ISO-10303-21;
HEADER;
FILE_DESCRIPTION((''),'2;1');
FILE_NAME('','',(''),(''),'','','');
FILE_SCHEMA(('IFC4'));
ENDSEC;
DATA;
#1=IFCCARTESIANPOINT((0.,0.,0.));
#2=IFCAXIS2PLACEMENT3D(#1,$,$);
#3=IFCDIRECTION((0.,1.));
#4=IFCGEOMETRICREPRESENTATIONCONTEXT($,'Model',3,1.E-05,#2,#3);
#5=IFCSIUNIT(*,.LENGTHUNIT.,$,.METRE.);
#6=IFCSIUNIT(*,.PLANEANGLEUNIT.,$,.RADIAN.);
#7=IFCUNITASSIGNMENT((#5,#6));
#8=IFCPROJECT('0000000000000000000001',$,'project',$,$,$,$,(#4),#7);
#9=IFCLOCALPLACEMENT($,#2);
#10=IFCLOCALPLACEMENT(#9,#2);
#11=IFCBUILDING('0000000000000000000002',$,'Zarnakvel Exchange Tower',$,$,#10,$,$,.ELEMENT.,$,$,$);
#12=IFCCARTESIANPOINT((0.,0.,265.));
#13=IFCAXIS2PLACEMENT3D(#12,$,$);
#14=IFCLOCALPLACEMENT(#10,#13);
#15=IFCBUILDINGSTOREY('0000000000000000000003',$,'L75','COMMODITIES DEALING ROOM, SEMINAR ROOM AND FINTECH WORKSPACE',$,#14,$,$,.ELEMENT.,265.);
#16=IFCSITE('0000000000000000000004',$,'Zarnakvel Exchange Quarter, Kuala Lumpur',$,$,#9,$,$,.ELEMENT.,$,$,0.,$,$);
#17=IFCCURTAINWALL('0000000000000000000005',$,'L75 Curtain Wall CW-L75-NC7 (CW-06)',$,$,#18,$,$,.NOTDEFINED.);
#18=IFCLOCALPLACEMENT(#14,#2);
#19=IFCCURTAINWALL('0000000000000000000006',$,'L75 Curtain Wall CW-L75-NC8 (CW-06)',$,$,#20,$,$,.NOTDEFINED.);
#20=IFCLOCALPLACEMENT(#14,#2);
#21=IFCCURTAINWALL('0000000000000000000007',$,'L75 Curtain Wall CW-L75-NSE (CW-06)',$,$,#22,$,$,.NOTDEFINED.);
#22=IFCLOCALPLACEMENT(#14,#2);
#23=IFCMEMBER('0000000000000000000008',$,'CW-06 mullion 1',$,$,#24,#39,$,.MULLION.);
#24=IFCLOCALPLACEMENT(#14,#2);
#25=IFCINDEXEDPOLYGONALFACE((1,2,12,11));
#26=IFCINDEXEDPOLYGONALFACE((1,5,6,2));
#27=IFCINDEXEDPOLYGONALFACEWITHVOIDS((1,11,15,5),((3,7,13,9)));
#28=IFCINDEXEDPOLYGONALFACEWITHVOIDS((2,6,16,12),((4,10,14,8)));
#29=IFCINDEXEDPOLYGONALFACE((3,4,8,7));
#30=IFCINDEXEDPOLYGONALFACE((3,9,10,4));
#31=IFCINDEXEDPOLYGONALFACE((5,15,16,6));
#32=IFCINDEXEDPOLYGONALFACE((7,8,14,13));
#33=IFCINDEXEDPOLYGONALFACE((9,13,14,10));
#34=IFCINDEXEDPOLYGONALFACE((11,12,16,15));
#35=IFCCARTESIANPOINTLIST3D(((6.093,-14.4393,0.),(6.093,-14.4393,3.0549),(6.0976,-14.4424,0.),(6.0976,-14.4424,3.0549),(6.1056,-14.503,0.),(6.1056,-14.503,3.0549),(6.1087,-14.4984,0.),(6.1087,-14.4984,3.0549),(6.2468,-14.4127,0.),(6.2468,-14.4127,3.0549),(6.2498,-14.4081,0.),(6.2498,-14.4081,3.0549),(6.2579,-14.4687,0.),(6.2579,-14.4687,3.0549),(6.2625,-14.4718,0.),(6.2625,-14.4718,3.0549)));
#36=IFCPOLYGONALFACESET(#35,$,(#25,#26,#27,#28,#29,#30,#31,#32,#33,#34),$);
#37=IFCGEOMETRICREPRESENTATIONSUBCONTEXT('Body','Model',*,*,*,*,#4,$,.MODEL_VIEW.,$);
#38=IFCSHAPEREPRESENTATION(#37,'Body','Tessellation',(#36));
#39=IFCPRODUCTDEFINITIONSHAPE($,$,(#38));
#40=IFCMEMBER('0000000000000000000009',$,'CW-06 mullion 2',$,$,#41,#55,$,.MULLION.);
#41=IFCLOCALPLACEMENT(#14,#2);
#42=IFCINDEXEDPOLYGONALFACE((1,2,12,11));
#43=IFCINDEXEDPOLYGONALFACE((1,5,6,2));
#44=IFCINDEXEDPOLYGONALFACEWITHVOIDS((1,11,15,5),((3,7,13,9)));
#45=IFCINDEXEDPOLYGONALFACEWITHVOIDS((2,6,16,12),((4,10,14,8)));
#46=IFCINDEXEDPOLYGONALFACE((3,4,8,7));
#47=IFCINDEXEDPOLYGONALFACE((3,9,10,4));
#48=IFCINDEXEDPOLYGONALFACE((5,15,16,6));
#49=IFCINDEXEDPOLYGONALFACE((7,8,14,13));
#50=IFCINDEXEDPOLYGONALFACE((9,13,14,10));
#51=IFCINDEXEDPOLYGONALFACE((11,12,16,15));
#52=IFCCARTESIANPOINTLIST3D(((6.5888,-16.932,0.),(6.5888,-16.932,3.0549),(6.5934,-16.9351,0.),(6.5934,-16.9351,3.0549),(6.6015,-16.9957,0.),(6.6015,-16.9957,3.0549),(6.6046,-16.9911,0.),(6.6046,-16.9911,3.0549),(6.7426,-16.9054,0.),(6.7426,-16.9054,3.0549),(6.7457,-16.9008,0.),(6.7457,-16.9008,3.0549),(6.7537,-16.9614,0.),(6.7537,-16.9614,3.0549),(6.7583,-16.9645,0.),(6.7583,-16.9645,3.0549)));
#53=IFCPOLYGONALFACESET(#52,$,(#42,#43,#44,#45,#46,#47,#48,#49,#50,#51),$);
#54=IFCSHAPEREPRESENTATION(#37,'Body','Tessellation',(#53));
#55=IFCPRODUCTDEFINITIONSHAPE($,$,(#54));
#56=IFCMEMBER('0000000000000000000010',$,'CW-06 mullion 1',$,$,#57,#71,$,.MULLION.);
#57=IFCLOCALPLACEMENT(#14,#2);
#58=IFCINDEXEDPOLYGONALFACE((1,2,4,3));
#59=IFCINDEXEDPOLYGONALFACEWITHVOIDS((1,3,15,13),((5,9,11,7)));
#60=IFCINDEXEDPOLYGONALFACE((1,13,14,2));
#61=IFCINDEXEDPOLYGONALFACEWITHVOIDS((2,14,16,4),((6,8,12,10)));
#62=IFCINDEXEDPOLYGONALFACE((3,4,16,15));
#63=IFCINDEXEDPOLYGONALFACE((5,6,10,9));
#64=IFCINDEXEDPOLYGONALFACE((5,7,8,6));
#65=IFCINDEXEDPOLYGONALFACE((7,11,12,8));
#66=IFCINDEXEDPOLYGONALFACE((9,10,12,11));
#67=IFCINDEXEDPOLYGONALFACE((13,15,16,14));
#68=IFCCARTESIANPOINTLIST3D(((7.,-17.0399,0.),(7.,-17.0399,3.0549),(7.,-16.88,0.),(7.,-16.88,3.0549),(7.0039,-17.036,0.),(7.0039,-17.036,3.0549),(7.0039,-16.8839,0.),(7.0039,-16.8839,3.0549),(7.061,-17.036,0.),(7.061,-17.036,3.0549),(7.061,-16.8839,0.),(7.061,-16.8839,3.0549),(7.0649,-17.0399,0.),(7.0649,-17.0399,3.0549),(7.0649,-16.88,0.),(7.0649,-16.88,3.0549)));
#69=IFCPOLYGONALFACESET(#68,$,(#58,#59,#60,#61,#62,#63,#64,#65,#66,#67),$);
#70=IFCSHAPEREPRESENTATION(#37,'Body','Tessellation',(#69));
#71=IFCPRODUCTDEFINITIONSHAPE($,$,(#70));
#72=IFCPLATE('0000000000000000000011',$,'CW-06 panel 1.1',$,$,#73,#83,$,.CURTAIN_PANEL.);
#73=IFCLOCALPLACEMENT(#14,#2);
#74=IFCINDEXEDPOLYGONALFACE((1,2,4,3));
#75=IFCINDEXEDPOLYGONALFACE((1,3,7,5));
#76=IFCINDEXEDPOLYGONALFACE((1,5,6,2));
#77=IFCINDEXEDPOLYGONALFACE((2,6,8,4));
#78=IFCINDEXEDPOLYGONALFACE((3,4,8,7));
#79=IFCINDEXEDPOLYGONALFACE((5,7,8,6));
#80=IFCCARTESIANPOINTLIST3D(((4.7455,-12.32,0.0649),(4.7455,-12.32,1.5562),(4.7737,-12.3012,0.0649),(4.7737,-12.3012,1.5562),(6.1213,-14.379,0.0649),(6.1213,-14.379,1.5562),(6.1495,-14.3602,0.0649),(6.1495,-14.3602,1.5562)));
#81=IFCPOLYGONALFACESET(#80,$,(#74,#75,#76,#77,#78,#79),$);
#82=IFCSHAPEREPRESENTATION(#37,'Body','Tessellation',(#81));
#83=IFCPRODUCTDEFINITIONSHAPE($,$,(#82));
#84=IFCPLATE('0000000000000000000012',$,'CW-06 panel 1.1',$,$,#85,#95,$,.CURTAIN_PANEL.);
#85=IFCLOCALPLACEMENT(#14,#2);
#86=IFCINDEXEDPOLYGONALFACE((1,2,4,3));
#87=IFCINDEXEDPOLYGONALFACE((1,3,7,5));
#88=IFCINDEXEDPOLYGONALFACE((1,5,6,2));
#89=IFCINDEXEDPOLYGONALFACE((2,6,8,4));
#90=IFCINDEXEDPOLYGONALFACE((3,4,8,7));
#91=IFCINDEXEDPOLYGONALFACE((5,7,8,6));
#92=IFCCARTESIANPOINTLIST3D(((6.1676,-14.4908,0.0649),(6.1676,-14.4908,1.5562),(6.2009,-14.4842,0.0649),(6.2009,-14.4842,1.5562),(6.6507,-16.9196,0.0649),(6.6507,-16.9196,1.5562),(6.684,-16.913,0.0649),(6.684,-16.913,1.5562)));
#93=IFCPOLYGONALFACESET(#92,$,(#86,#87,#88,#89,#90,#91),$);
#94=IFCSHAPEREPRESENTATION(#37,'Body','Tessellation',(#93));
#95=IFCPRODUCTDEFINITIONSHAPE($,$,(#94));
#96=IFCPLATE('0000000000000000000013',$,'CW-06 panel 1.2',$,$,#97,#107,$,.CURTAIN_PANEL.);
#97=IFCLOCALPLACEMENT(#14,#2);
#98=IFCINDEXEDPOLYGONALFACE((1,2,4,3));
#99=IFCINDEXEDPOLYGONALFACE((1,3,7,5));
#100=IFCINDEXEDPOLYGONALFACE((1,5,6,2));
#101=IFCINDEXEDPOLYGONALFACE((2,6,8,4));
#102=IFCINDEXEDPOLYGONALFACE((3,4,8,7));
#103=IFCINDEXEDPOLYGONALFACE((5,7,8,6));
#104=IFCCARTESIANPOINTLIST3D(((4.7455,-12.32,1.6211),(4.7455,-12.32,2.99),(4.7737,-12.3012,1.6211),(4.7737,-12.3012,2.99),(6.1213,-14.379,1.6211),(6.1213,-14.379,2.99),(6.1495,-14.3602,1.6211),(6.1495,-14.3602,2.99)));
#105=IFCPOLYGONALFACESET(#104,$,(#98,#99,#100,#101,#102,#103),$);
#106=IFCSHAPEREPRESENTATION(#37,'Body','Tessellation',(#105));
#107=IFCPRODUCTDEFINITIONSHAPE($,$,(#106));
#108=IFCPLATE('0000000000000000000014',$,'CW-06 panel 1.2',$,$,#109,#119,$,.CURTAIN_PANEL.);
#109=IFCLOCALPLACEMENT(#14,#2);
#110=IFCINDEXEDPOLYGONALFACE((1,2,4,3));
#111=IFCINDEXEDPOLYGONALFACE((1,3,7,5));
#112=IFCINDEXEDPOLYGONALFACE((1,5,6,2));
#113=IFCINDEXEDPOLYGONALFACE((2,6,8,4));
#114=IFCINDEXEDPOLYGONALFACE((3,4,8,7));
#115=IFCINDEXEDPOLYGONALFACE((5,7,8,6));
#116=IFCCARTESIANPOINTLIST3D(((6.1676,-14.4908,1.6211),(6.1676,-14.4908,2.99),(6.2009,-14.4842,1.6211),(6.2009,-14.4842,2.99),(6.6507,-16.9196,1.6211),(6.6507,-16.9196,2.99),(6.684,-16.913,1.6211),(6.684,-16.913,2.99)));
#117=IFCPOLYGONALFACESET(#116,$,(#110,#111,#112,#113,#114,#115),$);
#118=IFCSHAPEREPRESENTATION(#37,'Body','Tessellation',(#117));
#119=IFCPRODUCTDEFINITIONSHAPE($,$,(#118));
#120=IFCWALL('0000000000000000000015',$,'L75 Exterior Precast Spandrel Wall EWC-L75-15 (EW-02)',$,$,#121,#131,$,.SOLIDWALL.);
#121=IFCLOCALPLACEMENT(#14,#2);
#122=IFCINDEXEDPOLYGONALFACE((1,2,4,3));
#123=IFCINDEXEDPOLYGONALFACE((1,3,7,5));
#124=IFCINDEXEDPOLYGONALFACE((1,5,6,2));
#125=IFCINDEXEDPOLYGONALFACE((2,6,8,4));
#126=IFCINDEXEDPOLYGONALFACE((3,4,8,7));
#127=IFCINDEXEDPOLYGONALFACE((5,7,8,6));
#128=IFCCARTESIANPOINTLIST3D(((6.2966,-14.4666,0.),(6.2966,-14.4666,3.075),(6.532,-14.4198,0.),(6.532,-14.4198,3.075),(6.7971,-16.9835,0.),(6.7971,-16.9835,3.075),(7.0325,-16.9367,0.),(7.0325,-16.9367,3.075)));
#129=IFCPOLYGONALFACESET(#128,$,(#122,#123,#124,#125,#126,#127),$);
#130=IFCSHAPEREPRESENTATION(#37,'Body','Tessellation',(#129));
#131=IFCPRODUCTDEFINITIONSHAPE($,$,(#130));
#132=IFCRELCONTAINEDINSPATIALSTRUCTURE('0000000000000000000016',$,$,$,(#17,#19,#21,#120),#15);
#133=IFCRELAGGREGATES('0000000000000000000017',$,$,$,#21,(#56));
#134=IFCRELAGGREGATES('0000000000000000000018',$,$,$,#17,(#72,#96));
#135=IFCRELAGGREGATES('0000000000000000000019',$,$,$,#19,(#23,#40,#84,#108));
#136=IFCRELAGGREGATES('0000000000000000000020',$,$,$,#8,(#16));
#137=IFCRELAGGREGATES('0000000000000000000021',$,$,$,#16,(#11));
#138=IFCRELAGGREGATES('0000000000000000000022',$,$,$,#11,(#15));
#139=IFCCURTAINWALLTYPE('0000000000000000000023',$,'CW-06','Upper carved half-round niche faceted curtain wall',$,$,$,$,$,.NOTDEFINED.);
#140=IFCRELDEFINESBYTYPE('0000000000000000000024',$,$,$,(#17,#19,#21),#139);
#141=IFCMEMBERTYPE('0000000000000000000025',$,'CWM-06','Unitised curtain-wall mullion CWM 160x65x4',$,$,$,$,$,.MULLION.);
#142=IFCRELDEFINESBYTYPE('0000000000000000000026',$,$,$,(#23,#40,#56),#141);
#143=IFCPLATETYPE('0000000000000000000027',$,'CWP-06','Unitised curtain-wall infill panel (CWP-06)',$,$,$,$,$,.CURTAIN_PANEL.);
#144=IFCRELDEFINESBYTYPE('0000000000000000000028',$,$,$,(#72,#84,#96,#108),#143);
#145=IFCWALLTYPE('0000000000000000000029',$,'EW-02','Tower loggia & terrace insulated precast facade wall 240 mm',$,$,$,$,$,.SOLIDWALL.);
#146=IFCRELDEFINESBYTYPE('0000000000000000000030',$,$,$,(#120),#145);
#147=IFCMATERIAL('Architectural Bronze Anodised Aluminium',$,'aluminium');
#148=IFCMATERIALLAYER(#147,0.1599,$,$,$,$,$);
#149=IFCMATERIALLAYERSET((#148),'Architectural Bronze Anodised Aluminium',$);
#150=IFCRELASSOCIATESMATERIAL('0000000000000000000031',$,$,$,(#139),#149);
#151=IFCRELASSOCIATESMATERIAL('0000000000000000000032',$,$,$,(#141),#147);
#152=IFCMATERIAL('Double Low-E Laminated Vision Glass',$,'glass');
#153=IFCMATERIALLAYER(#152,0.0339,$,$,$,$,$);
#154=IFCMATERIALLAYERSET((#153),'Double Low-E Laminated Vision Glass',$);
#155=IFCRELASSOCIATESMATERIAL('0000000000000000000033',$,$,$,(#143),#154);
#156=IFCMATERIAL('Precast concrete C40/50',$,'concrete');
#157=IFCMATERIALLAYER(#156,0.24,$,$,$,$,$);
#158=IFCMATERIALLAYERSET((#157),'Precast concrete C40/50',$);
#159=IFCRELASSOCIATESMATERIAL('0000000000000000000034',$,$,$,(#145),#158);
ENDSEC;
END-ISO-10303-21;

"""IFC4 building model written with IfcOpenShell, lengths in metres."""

from ifc_helpers import new_model, si_unit, direction, frame, frame_2d, origin, origin_2d, place, context, subcontext, project, spatial, rectangle, hollow_rectangle, extrude, source, transform, mapped, material, layer, layer_set, material_profile, profile_set, type_object, element, aggregate, save


model = new_model("IFC4")

# Units and contexts
model_context = context("Model", 3, precision=1e-05, world=origin(), true_north=direction((0.0, 1.0)))
body_context = subcontext(model_context, "Body", "Model", "MODEL_VIEW")
ifc_project = project(units=[si_unit("LENGTHUNIT", "METRE"), si_unit("PLANEANGLEUNIT", "RADIAN")], contexts=[model_context])

# Site, building, storey
site_placement = place(None, origin())
site = spatial("IfcSite", under=ifc_project, at=site_placement, Name="Zarnakvel Exchange Quarter, Kuala Lumpur", CompositionType="ELEMENT", RefElevation=0.0)
building_placement = place(site_placement, origin())
building = spatial("IfcBuilding", under=site, at=building_placement, Name="Zarnakvel Exchange Tower", CompositionType="ELEMENT")
storey_placement = place(building_placement, frame((0.0, 0.0, 265.0)))
storey = spatial("IfcBuildingStorey", under=building, at=storey_placement, Name="L75", Description="COMMODITIES DEALING ROOM, SEMINAR ROOM AND FINTECH WORKSPACE", CompositionType="ELEMENT", Elevation=265.0)

# Curtain walls
ifc_material_1 = material(Name="Architectural Bronze Anodised Aluminium", Category="aluminium")
ifc_layer_1 = layer(ifc_material_1, 0.1599)
ifc_layer_set_1 = layer_set([ifc_layer_1], Name="Architectural Bronze Anodised Aluminium")
curtain_wall_type = type_object("IfcCurtainWallType", Name="CW-06", Description="Upper carved half-round niche faceted curtain wall", PredefinedType="NOTDEFINED", material=ifc_layer_set_1)
curtain_wall_1_placement = place(storey_placement, origin())
curtain_wall_1 = element("IfcCurtainWall", 1, at=curtain_wall_1_placement, inside=storey, type_object=curtain_wall_type, Name="L75 Curtain Wall CW-L75-NC7 (CW-06)", PredefinedType="NOTDEFINED")
curtain_wall_2_placement = place(storey_placement, origin())
curtain_wall_2 = element("IfcCurtainWall", 2, at=curtain_wall_2_placement, inside=storey, type_object=curtain_wall_type, Name="L75 Curtain Wall CW-L75-NC8 (CW-06)", PredefinedType="NOTDEFINED")
curtain_wall_3_placement = place(storey_placement, origin())
curtain_wall_3 = element("IfcCurtainWall", 3, at=curtain_wall_3_placement, inside=storey, type_object=curtain_wall_type, Name="L75 Curtain Wall CW-L75-NSE (CW-06)", PredefinedType="NOTDEFINED")

# Members
ifc_material_profile_1 = material_profile(ifc_material_1, hollow_rectangle(XDim=0.1599, YDim=0.0649, WallThickness=0.0039, at=origin_2d()))
ifc_profile_set_1 = profile_set([ifc_material_profile_1], Name="Architectural Bronze Anodised Aluminium")
member_type_1 = type_object("IfcMemberType", Name="CWM-06", Description="Unitised curtain-wall mullion CWM 160x65x4", PredefinedType="MULLION", material=ifc_profile_set_1)
shared_shape_1 = source(origin(), body_context, "Body", "SweptSolid", [
    extrude(hollow_rectangle(XDim=0.1599, YDim=0.0649, WallThickness=0.0039, at=origin_2d()), origin(), (0.0, 0.0, 1.0), 3.0549),
])
member_1_placement = place(storey_placement, frame((6.1777, -14.4556, 0.0), z_axis=(0.0, 0.0, 1.0), x_axis=(0.980785, 0.19509, 0.0)))
member_1 = element("IfcMember", 4, at=member_1_placement, type_object=member_type_1, Name="CW-06 mullion 1", PredefinedType="MULLION", context=body_context, shape_type="MappedRepresentation", body=[
    mapped(shared_shape_1, transform((0.0, 0.0, 0.0), x_axis=(1.0, 0.0, 0.0), y_axis=(0.0, 1.0, 0.0), z_axis=(0.0, 0.0, 1.0), scale=1.0)),
])
member_2_placement = place(storey_placement, frame((6.6736, -16.9482, 0.0), z_axis=(0.0, 0.0, 1.0), x_axis=(0.980785, 0.19509, 0.0)))
member_2 = element("IfcMember", 5, at=member_2_placement, type_object=member_type_1, Name="CW-06 mullion 2", PredefinedType="MULLION", context=body_context, shape_type="MappedRepresentation", body=[
    mapped(shared_shape_1, transform((0.0, 0.0, 0.0), x_axis=(1.0, 0.0, 0.0), y_axis=(0.0, 1.0, 0.0), z_axis=(0.0, 0.0, 1.0), scale=1.0)),
])
member_3_placement = place(storey_placement, frame((7.0325, -16.96, 0.0), z_axis=(0.0, 0.0, 1.0), x_axis=(0.0, 1.0, 0.0)))
member_3 = element("IfcMember", 6, at=member_3_placement, type_object=member_type_1, Name="CW-06 mullion 1", PredefinedType="MULLION", context=body_context, shape_type="MappedRepresentation", body=[
    mapped(shared_shape_1, transform((0.0, 0.0, 0.0), x_axis=(1.0, 0.0, 0.0), y_axis=(0.0, 1.0, 0.0), z_axis=(0.0, 0.0, 1.0), scale=1.0)),
])
aggregate(curtain_wall_3, [member_3])

# Plates
ifc_material_2 = material(Name="Double Low-E Laminated Vision Glass", Category="glass")
ifc_layer_2 = layer(ifc_material_2, 0.0339)
ifc_layer_set_2 = layer_set([ifc_layer_2], Name="Double Low-E Laminated Vision Glass")
plate_type = type_object("IfcPlateType", Name="CWP-06", Description="Unitised curtain-wall infill panel (CWP-06)", PredefinedType="CURTAIN_PANEL", material=ifc_layer_set_2)
shared_shape_2 = source(origin(), body_context, "Body", "SweptSolid", [
    extrude(rectangle(XDim=2.4763, YDim=0.0339, at=origin_2d()), origin(), (0.0, 0.0, 1.0), 1.4912),
])
plate_1_placement = place(storey_placement, frame((5.4475, -13.3401, 0.0649), z_axis=(0.0, 0.0, 1.0), x_axis=(0.55557, -0.83147, 0.0)))
plate_1 = element("IfcPlate", 7, at=plate_1_placement, type_object=plate_type, Name="CW-06 panel 1.1", PredefinedType="CURTAIN_PANEL", context=body_context, shape_type="MappedRepresentation", body=[
    mapped(shared_shape_2, transform((0.0, 0.0, 0.0), x_axis=(1.0, 0.0, 0.0), y_axis=(0.0, 1.0, 0.0), z_axis=(0.0, 0.0, 1.0), scale=1.0)),
])
plate_2_placement = place(storey_placement, frame((6.4258, -15.7019, 0.0649), z_axis=(0.0, 0.0, 1.0), x_axis=(0.19509, -0.980785, 0.0)))
plate_2 = element("IfcPlate", 8, at=plate_2_placement, type_object=plate_type, Name="CW-06 panel 1.1", PredefinedType="CURTAIN_PANEL", context=body_context, shape_type="MappedRepresentation", body=[
    mapped(shared_shape_2, transform((0.0, 0.0, 0.0), x_axis=(1.0, 0.0, 0.0), y_axis=(0.0, 1.0, 0.0), z_axis=(0.0, 0.0, 1.0), scale=1.0)),
])
shared_shape_3 = source(origin(), body_context, "Body", "SweptSolid", [
    extrude(rectangle(XDim=2.4763, YDim=0.0339, at=origin_2d()), origin(), (0.0, 0.0, 1.0), 1.3689),
])
plate_3_placement = place(storey_placement, frame((5.4475, -13.3401, 1.6211), z_axis=(0.0, 0.0, 1.0), x_axis=(0.55557, -0.83147, 0.0)))
plate_3 = element("IfcPlate", 9, at=plate_3_placement, type_object=plate_type, Name="CW-06 panel 1.2", PredefinedType="CURTAIN_PANEL", context=body_context, shape_type="MappedRepresentation", body=[
    mapped(shared_shape_3, transform((0.0, 0.0, 0.0), x_axis=(1.0, 0.0, 0.0), y_axis=(0.0, 1.0, 0.0), z_axis=(0.0, 0.0, 1.0), scale=1.0)),
])
aggregate(curtain_wall_1, [plate_1, plate_3])
plate_4_placement = place(storey_placement, frame((6.4258, -15.7019, 1.6211), z_axis=(0.0, 0.0, 1.0), x_axis=(0.19509, -0.980785, 0.0)))
plate_4 = element("IfcPlate", 10, at=plate_4_placement, type_object=plate_type, Name="CW-06 panel 1.2", PredefinedType="CURTAIN_PANEL", context=body_context, shape_type="MappedRepresentation", body=[
    mapped(shared_shape_3, transform((0.0, 0.0, 0.0), x_axis=(1.0, 0.0, 0.0), y_axis=(0.0, 1.0, 0.0), z_axis=(0.0, 0.0, 1.0), scale=1.0)),
])
aggregate(curtain_wall_2, [member_1, member_2, plate_2, plate_4])

# Wall
ifc_material_3 = material(Name="Precast concrete C40/50", Category="concrete")
ifc_layer_3 = layer(ifc_material_3, 0.24)
ifc_layer_set_3 = layer_set([ifc_layer_3], Name="Precast concrete C40/50")
wall_type = type_object("IfcWallType", Name="EW-02", Description="Tower loggia & terrace insulated precast facade wall 240 mm", PredefinedType="SOLIDWALL", material=ifc_layer_set_3)
wall_placement = place(storey_placement, frame((6.4143, -14.4431, 0.0), z_axis=(0.0, 0.0, 1.0), x_axis=(0.195037, -0.980796, 0.0)))
element("IfcWall", 11, at=wall_placement, inside=storey, type_object=wall_type, Name="L75 Exterior Precast Spandrel Wall EWC-L75-15 (EW-02)", PredefinedType="SOLIDWALL", context=body_context, shape_type="SweptSolid", body=[
    extrude(rectangle(XDim=2.5662, YDim=0.24, at=frame_2d((1.2832, 0.0))), origin(), (0.0, 0.0, 1.0), 3.075),
])

save(model, "model.ifc")
